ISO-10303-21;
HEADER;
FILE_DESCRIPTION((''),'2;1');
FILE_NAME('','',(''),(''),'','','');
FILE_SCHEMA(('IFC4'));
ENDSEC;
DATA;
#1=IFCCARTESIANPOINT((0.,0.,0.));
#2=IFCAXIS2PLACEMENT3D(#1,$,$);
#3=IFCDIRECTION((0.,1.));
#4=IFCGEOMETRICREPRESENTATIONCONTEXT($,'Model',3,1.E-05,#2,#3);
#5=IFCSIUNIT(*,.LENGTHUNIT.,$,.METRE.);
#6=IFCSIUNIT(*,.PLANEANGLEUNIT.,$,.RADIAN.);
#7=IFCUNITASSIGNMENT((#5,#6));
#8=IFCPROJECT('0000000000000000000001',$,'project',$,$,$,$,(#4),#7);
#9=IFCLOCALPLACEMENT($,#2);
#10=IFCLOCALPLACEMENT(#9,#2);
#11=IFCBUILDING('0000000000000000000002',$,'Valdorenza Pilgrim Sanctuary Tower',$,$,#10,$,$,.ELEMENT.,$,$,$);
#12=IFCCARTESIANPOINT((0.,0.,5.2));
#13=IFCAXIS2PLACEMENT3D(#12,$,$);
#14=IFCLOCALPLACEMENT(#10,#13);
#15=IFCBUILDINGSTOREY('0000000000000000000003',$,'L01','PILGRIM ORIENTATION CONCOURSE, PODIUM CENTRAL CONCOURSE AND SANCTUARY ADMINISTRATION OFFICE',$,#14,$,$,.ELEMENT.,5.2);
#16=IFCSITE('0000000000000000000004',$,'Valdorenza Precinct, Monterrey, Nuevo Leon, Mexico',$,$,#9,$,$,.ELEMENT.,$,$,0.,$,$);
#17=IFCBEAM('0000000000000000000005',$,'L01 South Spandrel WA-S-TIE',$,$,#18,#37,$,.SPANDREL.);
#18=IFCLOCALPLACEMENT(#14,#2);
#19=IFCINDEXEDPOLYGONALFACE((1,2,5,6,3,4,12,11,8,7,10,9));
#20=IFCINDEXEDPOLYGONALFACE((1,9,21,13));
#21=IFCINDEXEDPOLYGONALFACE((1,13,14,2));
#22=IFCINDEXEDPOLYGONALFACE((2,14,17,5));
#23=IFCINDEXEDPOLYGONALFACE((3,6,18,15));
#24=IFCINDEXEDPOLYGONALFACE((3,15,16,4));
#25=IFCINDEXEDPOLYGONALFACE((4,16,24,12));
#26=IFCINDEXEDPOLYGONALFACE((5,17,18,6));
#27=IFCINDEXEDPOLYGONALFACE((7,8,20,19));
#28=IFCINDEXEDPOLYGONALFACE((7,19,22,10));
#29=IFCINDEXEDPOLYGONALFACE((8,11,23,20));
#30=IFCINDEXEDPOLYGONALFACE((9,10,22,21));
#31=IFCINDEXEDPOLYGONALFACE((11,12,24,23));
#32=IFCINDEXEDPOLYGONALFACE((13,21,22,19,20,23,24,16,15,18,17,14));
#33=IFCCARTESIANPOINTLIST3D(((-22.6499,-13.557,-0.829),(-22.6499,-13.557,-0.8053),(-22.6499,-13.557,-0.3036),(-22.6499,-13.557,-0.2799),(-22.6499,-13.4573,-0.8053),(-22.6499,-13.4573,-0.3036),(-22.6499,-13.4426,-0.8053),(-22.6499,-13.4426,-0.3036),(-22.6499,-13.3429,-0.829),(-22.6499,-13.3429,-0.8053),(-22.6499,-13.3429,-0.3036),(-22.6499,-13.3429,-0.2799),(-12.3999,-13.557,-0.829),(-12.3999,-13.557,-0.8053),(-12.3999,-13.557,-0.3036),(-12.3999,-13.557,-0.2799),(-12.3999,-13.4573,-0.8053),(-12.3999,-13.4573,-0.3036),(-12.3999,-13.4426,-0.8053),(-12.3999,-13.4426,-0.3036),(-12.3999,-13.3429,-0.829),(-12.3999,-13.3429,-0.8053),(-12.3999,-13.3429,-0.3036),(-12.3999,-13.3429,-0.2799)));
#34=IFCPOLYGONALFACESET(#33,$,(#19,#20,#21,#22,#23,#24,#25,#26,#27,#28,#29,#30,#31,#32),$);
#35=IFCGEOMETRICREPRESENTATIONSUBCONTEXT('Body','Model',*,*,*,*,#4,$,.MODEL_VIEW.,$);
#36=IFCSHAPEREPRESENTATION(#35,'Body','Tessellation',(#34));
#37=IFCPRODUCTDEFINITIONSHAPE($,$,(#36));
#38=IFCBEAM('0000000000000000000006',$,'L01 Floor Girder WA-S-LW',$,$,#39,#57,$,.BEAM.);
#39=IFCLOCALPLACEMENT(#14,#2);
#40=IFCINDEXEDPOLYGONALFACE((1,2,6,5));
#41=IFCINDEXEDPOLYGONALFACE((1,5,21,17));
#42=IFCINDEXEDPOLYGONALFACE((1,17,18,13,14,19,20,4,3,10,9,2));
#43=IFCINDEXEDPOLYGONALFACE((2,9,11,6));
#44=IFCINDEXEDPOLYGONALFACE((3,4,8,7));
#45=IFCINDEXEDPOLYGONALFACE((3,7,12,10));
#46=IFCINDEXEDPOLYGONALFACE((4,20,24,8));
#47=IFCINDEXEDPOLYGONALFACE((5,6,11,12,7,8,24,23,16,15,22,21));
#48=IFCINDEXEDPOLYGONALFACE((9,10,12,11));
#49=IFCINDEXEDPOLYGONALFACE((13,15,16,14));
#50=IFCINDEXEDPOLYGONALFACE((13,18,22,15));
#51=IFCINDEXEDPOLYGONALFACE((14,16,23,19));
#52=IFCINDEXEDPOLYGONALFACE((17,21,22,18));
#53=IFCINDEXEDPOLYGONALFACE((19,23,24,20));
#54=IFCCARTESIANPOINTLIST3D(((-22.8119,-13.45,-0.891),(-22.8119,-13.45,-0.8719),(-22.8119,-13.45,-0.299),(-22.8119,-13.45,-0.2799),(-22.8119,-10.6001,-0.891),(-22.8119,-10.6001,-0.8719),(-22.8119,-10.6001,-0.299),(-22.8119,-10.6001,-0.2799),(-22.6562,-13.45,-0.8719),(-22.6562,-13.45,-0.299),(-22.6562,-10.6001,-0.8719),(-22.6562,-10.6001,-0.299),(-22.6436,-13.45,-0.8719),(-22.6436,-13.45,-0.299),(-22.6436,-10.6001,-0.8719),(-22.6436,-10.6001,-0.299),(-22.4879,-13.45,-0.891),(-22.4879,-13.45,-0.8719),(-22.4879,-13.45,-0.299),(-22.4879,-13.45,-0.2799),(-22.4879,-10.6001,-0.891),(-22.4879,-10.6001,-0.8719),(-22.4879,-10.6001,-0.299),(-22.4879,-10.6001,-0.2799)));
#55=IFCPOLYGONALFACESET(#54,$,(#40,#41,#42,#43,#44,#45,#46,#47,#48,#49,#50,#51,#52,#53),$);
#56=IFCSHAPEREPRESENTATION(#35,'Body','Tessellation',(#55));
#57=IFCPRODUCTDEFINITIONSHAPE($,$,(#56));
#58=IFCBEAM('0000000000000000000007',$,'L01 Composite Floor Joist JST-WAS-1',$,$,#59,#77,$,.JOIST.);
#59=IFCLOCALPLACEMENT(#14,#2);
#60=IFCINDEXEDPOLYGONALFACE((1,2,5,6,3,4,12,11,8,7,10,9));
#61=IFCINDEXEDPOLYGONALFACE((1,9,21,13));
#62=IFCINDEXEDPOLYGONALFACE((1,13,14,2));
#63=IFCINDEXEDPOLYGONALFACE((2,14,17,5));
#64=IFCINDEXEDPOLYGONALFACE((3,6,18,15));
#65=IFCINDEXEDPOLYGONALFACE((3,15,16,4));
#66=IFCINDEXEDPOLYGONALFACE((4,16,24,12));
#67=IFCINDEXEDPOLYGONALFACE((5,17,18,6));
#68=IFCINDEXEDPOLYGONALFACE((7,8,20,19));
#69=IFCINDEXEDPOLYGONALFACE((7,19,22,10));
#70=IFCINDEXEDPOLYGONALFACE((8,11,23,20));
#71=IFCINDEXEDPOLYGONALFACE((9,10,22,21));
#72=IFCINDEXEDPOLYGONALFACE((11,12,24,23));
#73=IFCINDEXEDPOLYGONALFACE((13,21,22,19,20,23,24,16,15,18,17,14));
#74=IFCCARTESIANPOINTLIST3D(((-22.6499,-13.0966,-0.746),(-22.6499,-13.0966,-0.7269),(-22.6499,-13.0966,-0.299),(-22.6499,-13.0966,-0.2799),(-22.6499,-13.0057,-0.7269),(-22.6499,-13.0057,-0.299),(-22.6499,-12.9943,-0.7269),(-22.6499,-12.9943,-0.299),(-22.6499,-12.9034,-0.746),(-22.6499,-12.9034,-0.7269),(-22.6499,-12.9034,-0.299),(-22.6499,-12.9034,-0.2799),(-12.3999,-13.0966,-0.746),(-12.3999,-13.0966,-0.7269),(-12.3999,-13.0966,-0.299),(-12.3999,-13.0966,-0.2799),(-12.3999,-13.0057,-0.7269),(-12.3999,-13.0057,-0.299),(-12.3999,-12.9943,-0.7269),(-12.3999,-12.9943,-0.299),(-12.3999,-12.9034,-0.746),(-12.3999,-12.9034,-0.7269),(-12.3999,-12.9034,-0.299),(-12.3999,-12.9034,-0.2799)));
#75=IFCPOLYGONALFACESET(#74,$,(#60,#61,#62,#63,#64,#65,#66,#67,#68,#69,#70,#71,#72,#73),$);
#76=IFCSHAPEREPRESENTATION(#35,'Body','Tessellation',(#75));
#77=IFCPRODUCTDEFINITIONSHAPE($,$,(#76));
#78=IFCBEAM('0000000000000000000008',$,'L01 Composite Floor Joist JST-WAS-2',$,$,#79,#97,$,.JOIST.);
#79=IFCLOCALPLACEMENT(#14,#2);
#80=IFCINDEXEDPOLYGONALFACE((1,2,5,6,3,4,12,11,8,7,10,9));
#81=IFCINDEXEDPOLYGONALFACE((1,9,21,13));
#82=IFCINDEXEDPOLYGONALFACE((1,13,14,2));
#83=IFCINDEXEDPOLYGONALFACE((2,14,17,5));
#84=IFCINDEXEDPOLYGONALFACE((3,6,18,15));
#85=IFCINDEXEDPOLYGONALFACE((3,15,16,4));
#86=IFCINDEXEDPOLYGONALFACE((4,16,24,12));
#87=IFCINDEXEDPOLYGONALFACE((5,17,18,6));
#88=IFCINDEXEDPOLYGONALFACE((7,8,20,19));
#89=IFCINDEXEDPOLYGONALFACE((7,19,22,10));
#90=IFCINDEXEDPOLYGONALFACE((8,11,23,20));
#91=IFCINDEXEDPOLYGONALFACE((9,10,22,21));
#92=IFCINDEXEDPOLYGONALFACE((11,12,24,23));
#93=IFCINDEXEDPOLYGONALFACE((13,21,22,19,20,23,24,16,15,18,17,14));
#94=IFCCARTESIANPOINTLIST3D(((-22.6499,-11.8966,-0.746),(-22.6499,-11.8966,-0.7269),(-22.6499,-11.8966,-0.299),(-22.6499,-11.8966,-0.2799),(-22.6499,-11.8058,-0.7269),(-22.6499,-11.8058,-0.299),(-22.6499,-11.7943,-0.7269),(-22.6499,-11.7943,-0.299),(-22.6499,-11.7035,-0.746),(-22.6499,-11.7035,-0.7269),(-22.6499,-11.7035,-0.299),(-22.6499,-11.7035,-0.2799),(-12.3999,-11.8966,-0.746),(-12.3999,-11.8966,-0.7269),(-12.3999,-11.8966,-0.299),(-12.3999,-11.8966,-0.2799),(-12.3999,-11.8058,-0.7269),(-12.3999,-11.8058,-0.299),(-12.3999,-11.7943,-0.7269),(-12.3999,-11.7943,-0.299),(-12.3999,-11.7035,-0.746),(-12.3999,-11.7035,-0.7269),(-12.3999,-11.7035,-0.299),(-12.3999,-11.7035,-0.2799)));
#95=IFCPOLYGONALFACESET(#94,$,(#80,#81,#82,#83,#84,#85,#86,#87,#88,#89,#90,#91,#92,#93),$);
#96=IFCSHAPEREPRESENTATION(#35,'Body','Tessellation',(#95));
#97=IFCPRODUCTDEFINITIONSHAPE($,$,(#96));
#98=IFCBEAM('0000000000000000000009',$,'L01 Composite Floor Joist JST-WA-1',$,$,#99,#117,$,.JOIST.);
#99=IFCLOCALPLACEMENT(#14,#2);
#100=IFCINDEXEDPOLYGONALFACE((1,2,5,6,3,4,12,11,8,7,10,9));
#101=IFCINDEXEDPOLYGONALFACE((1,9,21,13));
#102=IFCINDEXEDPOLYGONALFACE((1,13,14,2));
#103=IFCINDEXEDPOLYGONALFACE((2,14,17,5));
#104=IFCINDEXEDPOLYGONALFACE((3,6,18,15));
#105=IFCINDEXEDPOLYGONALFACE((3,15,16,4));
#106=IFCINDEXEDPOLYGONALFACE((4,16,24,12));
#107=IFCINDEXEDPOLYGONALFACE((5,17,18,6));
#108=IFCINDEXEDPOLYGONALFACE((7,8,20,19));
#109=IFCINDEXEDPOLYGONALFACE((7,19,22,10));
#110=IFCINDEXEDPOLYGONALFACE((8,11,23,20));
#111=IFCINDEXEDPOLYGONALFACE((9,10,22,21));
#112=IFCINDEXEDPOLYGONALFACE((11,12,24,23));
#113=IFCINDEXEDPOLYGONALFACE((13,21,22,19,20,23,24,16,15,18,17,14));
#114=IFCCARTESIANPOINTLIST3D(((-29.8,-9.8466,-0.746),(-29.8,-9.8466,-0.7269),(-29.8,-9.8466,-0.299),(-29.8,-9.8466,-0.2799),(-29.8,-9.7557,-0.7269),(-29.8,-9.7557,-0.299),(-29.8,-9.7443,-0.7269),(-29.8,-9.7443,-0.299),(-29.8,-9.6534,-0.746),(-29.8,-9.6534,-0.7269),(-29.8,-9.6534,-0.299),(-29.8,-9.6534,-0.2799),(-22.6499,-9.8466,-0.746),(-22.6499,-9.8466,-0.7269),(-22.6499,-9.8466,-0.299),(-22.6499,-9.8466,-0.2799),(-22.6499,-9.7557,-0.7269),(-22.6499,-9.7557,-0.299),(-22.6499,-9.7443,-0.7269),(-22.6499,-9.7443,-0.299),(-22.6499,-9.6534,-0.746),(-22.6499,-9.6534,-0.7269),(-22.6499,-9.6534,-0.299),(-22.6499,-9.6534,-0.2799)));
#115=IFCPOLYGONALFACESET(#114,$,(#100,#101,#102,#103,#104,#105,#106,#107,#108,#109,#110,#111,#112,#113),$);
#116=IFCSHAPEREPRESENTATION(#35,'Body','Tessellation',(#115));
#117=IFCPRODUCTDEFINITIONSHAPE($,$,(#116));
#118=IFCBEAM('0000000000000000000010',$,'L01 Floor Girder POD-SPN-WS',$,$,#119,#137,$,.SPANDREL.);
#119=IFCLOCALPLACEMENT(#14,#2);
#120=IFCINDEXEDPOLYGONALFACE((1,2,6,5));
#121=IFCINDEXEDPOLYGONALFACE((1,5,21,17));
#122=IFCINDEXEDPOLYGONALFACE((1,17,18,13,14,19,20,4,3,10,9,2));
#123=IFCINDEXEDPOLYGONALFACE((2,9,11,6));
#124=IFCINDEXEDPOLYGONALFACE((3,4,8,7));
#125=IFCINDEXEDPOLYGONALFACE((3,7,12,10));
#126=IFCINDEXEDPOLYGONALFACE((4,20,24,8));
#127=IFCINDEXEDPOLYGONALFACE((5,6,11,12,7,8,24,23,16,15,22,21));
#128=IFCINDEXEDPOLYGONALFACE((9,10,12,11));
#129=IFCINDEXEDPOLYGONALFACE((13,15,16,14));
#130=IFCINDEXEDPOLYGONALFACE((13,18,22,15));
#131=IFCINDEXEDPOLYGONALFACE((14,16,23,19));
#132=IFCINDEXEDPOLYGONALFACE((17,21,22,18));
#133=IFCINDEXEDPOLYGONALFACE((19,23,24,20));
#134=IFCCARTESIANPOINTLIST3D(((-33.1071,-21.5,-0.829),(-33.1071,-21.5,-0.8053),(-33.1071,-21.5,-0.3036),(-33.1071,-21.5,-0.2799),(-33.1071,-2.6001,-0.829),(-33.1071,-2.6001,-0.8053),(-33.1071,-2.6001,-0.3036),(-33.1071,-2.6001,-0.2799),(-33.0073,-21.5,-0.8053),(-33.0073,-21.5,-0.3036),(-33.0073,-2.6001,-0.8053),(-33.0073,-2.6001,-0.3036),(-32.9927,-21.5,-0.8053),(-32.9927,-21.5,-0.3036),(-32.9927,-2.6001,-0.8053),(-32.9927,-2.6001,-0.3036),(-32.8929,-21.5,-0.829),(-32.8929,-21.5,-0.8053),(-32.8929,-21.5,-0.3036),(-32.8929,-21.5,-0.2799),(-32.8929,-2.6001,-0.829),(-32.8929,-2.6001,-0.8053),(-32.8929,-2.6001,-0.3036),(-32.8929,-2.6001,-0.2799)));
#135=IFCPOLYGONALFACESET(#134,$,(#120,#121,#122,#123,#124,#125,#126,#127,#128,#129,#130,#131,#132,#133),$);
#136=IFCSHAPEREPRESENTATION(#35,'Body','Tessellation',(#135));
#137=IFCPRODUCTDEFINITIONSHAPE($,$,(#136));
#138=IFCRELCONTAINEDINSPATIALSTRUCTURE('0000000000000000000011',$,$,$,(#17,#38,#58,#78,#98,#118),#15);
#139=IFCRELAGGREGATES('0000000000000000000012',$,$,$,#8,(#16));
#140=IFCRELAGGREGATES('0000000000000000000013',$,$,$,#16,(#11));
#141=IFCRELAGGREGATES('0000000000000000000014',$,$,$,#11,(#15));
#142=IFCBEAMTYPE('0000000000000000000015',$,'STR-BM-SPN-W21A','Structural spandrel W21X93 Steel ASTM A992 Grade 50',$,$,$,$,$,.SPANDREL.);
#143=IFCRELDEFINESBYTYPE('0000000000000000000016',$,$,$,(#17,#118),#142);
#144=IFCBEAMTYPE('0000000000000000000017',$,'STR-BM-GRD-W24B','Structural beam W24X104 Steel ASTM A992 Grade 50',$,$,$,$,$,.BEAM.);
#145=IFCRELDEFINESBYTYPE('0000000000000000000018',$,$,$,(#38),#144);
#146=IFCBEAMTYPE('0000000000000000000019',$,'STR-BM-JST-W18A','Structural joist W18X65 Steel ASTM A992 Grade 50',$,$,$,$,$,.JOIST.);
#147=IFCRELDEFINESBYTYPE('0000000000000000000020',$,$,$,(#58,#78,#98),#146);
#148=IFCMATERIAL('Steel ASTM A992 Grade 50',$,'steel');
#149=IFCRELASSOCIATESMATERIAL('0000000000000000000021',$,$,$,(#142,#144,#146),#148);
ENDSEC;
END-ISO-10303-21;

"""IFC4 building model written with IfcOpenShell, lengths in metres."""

from ifc_helpers import new_model, si_unit, direction, frame, origin, origin_2d, place, context, subcontext, project, spatial, i_section, extrude, source, transform, mapped, material, material_profile, profile_set, type_object, element, save


model = new_model("IFC4")

# Units and contexts
model_context = context("Model", 3, precision=1e-05, world=origin(), true_north=direction((0.0, 1.0)))
body_context = subcontext(model_context, "Body", "Model", "MODEL_VIEW")
ifc_project = project(units=[si_unit("LENGTHUNIT", "METRE"), si_unit("PLANEANGLEUNIT", "RADIAN")], contexts=[model_context])

# Site, building, storey
site_placement = place(None, origin())
site = spatial("IfcSite", under=ifc_project, at=site_placement, Name="Valdorenza Precinct, Monterrey, Nuevo Leon, Mexico", CompositionType="ELEMENT", RefElevation=0.0)
building_placement = place(site_placement, origin())
building = spatial("IfcBuilding", under=site, at=building_placement, Name="Valdorenza Pilgrim Sanctuary Tower", CompositionType="ELEMENT")
storey_placement = place(building_placement, frame((0.0, 0.0, 5.2)))
storey = spatial("IfcBuildingStorey", under=building, at=storey_placement, Name="L01", Description="PILGRIM ORIENTATION CONCOURSE, PODIUM CENTRAL CONCOURSE AND SANCTUARY ADMINISTRATION OFFICE", CompositionType="ELEMENT", Elevation=5.2)

# Shared definitions
ifc_material_1 = material(Name="Steel ASTM A992 Grade 50", Category="steel")

# Beams
ifc_material_profile_1 = material_profile(ifc_material_1, i_section(OverallWidth=0.2141, OverallDepth=0.5491, WebThickness=0.0146, FlangeThickness=0.0237, at=origin_2d()), Name="W21X93")
ifc_profile_set_1 = profile_set([ifc_material_profile_1], Name="Steel ASTM A992 Grade 50")
beam_type_1 = type_object("IfcBeamType", Name="STR-BM-SPN-W21A", Description="Structural spandrel W21X93 Steel ASTM A992 Grade 50", PredefinedType="SPANDREL", material=ifc_profile_set_1)
ifc_material_profile_2 = material_profile(ifc_material_1, i_section(OverallWidth=0.324, OverallDepth=0.6111, WebThickness=0.0127, FlangeThickness=0.019, at=origin_2d()), Name="W24X104")
ifc_profile_set_2 = profile_set([ifc_material_profile_2], Name="Steel ASTM A992 Grade 50")
beam_type_2 = type_object("IfcBeamType", Name="STR-BM-GRD-W24B", Description="Structural beam W24X104 Steel ASTM A992 Grade 50", PredefinedType="BEAM", material=ifc_profile_set_2)
shared_shape_1 = source(origin(), body_context, "Body", "SweptSolid", [
    extrude(i_section(OverallWidth=0.2141, OverallDepth=0.5491, WebThickness=0.0146, FlangeThickness=0.0237, at=origin_2d()), origin(), (0.0, 0.0, 1.0), 10.25),
])
beam_1_placement = place(storey_placement, frame((-22.6499, -13.45, -0.5544), z_axis=(1.0, 0.0, 0.0), x_axis=(0.0, 1.0, 0.0)))
element("IfcBeam", 1, at=beam_1_placement, inside=storey, type_object=beam_type_1, Name="L01 South Spandrel WA-S-TIE", PredefinedType="SPANDREL", context=body_context, shape_type="MappedRepresentation", body=[
    mapped(shared_shape_1, transform((0.0, 0.0, 0.0), x_axis=(1.0, 0.0, 0.0), y_axis=(0.0, 1.0, 0.0), z_axis=(0.0, 0.0, 1.0), scale=1.0)),
])
shared_shape_2 = source(origin(), body_context, "Body", "SweptSolid", [
    extrude(i_section(OverallWidth=0.324, OverallDepth=0.6111, WebThickness=0.0127, FlangeThickness=0.019, at=origin_2d()), origin(), (0.0, 0.0, 1.0), 2.8499),
])
beam_2_placement = place(storey_placement, frame((-22.6499, -13.45, -0.5854), z_axis=(0.0, 1.0, 0.0), x_axis=(-1.0, 0.0, 0.0)))
element("IfcBeam", 2, at=beam_2_placement, inside=storey, type_object=beam_type_2, Name="L01 Floor Girder WA-S-LW", PredefinedType="BEAM", context=body_context, shape_type="MappedRepresentation", body=[
    mapped(shared_shape_2, transform((0.0, 0.0, 0.0), x_axis=(1.0, 0.0, 0.0), y_axis=(0.0, 1.0, 0.0), z_axis=(0.0, 0.0, 1.0), scale=1.0)),
])
ifc_material_profile_3 = material_profile(ifc_material_1, i_section(OverallWidth=0.1931, OverallDepth=0.4661, WebThickness=0.0115, FlangeThickness=0.019, at=origin_2d()), Name="W18X65")
ifc_profile_set_3 = profile_set([ifc_material_profile_3], Name="Steel ASTM A992 Grade 50")
beam_type_3 = type_object("IfcBeamType", Name="STR-BM-JST-W18A", Description="Structural joist W18X65 Steel ASTM A992 Grade 50", PredefinedType="JOIST", material=ifc_profile_set_3)
shared_shape_3 = source(origin(), body_context, "Body", "SweptSolid", [
    extrude(i_section(OverallWidth=0.1931, OverallDepth=0.4661, WebThickness=0.0115, FlangeThickness=0.019, at=origin_2d()), origin(), (0.0, 0.0, 1.0), 10.25),
])
for number, where, z_axis, x_axis, name in (
    (3, (-22.6499, -13.0, -0.5129), (1.0, 0.0, 0.0), (0.0, 1.0, 0.0), "L01 Composite Floor Joist JST-WAS-1"),
    (4, (-22.6499, -11.8, -0.5129), (1.0, 0.0, 0.0), (0.0, 1.0, 0.0), "L01 Composite Floor Joist JST-WAS-2"),
):
    element("IfcBeam", number, at=place(storey_placement, frame(where, z_axis=z_axis, x_axis=x_axis)), inside=storey, type_object=beam_type_3, Name=name, PredefinedType="JOIST", context=body_context, shape_type="MappedRepresentation", body=[
        mapped(shared_shape_3, transform((0.0, 0.0, 0.0), x_axis=(1.0, 0.0, 0.0), y_axis=(0.0, 1.0, 0.0), z_axis=(0.0, 0.0, 1.0), scale=1.0)),
    ])
shared_shape_4 = source(origin(), body_context, "Body", "SweptSolid", [
    extrude(i_section(OverallWidth=0.1931, OverallDepth=0.4661, WebThickness=0.0115, FlangeThickness=0.019, at=origin_2d()), origin(), (0.0, 0.0, 1.0), 7.1501),
])
beam_3_placement = place(storey_placement, frame((-29.8, -9.75, -0.5129), z_axis=(1.0, 0.0, 0.0), x_axis=(0.0, 1.0, 0.0)))
element("IfcBeam", 5, at=beam_3_placement, inside=storey, type_object=beam_type_3, Name="L01 Composite Floor Joist JST-WA-1", PredefinedType="JOIST", context=body_context, shape_type="MappedRepresentation", body=[
    mapped(shared_shape_4, transform((0.0, 0.0, 0.0), x_axis=(1.0, 0.0, 0.0), y_axis=(0.0, 1.0, 0.0), z_axis=(0.0, 0.0, 1.0), scale=1.0)),
])
shared_shape_5 = source(origin(), body_context, "Body", "SweptSolid", [
    extrude(i_section(OverallWidth=0.2141, OverallDepth=0.5491, WebThickness=0.0146, FlangeThickness=0.0237, at=origin_2d()), origin(), (0.0, 0.0, 1.0), 18.8999),
])
beam_4_placement = place(storey_placement, frame((-33.0, -21.5, -0.5544), z_axis=(0.0, 1.0, 0.0), x_axis=(-1.0, 0.0, 0.0)))
element("IfcBeam", 6, at=beam_4_placement, inside=storey, type_object=beam_type_1, Name="L01 Floor Girder POD-SPN-WS", PredefinedType="SPANDREL", context=body_context, shape_type="MappedRepresentation", body=[
    mapped(shared_shape_5, transform((0.0, 0.0, 0.0), x_axis=(1.0, 0.0, 0.0), y_axis=(0.0, 1.0, 0.0), z_axis=(0.0, 0.0, 1.0), scale=1.0)),
])

save(model, "model.ifc")
